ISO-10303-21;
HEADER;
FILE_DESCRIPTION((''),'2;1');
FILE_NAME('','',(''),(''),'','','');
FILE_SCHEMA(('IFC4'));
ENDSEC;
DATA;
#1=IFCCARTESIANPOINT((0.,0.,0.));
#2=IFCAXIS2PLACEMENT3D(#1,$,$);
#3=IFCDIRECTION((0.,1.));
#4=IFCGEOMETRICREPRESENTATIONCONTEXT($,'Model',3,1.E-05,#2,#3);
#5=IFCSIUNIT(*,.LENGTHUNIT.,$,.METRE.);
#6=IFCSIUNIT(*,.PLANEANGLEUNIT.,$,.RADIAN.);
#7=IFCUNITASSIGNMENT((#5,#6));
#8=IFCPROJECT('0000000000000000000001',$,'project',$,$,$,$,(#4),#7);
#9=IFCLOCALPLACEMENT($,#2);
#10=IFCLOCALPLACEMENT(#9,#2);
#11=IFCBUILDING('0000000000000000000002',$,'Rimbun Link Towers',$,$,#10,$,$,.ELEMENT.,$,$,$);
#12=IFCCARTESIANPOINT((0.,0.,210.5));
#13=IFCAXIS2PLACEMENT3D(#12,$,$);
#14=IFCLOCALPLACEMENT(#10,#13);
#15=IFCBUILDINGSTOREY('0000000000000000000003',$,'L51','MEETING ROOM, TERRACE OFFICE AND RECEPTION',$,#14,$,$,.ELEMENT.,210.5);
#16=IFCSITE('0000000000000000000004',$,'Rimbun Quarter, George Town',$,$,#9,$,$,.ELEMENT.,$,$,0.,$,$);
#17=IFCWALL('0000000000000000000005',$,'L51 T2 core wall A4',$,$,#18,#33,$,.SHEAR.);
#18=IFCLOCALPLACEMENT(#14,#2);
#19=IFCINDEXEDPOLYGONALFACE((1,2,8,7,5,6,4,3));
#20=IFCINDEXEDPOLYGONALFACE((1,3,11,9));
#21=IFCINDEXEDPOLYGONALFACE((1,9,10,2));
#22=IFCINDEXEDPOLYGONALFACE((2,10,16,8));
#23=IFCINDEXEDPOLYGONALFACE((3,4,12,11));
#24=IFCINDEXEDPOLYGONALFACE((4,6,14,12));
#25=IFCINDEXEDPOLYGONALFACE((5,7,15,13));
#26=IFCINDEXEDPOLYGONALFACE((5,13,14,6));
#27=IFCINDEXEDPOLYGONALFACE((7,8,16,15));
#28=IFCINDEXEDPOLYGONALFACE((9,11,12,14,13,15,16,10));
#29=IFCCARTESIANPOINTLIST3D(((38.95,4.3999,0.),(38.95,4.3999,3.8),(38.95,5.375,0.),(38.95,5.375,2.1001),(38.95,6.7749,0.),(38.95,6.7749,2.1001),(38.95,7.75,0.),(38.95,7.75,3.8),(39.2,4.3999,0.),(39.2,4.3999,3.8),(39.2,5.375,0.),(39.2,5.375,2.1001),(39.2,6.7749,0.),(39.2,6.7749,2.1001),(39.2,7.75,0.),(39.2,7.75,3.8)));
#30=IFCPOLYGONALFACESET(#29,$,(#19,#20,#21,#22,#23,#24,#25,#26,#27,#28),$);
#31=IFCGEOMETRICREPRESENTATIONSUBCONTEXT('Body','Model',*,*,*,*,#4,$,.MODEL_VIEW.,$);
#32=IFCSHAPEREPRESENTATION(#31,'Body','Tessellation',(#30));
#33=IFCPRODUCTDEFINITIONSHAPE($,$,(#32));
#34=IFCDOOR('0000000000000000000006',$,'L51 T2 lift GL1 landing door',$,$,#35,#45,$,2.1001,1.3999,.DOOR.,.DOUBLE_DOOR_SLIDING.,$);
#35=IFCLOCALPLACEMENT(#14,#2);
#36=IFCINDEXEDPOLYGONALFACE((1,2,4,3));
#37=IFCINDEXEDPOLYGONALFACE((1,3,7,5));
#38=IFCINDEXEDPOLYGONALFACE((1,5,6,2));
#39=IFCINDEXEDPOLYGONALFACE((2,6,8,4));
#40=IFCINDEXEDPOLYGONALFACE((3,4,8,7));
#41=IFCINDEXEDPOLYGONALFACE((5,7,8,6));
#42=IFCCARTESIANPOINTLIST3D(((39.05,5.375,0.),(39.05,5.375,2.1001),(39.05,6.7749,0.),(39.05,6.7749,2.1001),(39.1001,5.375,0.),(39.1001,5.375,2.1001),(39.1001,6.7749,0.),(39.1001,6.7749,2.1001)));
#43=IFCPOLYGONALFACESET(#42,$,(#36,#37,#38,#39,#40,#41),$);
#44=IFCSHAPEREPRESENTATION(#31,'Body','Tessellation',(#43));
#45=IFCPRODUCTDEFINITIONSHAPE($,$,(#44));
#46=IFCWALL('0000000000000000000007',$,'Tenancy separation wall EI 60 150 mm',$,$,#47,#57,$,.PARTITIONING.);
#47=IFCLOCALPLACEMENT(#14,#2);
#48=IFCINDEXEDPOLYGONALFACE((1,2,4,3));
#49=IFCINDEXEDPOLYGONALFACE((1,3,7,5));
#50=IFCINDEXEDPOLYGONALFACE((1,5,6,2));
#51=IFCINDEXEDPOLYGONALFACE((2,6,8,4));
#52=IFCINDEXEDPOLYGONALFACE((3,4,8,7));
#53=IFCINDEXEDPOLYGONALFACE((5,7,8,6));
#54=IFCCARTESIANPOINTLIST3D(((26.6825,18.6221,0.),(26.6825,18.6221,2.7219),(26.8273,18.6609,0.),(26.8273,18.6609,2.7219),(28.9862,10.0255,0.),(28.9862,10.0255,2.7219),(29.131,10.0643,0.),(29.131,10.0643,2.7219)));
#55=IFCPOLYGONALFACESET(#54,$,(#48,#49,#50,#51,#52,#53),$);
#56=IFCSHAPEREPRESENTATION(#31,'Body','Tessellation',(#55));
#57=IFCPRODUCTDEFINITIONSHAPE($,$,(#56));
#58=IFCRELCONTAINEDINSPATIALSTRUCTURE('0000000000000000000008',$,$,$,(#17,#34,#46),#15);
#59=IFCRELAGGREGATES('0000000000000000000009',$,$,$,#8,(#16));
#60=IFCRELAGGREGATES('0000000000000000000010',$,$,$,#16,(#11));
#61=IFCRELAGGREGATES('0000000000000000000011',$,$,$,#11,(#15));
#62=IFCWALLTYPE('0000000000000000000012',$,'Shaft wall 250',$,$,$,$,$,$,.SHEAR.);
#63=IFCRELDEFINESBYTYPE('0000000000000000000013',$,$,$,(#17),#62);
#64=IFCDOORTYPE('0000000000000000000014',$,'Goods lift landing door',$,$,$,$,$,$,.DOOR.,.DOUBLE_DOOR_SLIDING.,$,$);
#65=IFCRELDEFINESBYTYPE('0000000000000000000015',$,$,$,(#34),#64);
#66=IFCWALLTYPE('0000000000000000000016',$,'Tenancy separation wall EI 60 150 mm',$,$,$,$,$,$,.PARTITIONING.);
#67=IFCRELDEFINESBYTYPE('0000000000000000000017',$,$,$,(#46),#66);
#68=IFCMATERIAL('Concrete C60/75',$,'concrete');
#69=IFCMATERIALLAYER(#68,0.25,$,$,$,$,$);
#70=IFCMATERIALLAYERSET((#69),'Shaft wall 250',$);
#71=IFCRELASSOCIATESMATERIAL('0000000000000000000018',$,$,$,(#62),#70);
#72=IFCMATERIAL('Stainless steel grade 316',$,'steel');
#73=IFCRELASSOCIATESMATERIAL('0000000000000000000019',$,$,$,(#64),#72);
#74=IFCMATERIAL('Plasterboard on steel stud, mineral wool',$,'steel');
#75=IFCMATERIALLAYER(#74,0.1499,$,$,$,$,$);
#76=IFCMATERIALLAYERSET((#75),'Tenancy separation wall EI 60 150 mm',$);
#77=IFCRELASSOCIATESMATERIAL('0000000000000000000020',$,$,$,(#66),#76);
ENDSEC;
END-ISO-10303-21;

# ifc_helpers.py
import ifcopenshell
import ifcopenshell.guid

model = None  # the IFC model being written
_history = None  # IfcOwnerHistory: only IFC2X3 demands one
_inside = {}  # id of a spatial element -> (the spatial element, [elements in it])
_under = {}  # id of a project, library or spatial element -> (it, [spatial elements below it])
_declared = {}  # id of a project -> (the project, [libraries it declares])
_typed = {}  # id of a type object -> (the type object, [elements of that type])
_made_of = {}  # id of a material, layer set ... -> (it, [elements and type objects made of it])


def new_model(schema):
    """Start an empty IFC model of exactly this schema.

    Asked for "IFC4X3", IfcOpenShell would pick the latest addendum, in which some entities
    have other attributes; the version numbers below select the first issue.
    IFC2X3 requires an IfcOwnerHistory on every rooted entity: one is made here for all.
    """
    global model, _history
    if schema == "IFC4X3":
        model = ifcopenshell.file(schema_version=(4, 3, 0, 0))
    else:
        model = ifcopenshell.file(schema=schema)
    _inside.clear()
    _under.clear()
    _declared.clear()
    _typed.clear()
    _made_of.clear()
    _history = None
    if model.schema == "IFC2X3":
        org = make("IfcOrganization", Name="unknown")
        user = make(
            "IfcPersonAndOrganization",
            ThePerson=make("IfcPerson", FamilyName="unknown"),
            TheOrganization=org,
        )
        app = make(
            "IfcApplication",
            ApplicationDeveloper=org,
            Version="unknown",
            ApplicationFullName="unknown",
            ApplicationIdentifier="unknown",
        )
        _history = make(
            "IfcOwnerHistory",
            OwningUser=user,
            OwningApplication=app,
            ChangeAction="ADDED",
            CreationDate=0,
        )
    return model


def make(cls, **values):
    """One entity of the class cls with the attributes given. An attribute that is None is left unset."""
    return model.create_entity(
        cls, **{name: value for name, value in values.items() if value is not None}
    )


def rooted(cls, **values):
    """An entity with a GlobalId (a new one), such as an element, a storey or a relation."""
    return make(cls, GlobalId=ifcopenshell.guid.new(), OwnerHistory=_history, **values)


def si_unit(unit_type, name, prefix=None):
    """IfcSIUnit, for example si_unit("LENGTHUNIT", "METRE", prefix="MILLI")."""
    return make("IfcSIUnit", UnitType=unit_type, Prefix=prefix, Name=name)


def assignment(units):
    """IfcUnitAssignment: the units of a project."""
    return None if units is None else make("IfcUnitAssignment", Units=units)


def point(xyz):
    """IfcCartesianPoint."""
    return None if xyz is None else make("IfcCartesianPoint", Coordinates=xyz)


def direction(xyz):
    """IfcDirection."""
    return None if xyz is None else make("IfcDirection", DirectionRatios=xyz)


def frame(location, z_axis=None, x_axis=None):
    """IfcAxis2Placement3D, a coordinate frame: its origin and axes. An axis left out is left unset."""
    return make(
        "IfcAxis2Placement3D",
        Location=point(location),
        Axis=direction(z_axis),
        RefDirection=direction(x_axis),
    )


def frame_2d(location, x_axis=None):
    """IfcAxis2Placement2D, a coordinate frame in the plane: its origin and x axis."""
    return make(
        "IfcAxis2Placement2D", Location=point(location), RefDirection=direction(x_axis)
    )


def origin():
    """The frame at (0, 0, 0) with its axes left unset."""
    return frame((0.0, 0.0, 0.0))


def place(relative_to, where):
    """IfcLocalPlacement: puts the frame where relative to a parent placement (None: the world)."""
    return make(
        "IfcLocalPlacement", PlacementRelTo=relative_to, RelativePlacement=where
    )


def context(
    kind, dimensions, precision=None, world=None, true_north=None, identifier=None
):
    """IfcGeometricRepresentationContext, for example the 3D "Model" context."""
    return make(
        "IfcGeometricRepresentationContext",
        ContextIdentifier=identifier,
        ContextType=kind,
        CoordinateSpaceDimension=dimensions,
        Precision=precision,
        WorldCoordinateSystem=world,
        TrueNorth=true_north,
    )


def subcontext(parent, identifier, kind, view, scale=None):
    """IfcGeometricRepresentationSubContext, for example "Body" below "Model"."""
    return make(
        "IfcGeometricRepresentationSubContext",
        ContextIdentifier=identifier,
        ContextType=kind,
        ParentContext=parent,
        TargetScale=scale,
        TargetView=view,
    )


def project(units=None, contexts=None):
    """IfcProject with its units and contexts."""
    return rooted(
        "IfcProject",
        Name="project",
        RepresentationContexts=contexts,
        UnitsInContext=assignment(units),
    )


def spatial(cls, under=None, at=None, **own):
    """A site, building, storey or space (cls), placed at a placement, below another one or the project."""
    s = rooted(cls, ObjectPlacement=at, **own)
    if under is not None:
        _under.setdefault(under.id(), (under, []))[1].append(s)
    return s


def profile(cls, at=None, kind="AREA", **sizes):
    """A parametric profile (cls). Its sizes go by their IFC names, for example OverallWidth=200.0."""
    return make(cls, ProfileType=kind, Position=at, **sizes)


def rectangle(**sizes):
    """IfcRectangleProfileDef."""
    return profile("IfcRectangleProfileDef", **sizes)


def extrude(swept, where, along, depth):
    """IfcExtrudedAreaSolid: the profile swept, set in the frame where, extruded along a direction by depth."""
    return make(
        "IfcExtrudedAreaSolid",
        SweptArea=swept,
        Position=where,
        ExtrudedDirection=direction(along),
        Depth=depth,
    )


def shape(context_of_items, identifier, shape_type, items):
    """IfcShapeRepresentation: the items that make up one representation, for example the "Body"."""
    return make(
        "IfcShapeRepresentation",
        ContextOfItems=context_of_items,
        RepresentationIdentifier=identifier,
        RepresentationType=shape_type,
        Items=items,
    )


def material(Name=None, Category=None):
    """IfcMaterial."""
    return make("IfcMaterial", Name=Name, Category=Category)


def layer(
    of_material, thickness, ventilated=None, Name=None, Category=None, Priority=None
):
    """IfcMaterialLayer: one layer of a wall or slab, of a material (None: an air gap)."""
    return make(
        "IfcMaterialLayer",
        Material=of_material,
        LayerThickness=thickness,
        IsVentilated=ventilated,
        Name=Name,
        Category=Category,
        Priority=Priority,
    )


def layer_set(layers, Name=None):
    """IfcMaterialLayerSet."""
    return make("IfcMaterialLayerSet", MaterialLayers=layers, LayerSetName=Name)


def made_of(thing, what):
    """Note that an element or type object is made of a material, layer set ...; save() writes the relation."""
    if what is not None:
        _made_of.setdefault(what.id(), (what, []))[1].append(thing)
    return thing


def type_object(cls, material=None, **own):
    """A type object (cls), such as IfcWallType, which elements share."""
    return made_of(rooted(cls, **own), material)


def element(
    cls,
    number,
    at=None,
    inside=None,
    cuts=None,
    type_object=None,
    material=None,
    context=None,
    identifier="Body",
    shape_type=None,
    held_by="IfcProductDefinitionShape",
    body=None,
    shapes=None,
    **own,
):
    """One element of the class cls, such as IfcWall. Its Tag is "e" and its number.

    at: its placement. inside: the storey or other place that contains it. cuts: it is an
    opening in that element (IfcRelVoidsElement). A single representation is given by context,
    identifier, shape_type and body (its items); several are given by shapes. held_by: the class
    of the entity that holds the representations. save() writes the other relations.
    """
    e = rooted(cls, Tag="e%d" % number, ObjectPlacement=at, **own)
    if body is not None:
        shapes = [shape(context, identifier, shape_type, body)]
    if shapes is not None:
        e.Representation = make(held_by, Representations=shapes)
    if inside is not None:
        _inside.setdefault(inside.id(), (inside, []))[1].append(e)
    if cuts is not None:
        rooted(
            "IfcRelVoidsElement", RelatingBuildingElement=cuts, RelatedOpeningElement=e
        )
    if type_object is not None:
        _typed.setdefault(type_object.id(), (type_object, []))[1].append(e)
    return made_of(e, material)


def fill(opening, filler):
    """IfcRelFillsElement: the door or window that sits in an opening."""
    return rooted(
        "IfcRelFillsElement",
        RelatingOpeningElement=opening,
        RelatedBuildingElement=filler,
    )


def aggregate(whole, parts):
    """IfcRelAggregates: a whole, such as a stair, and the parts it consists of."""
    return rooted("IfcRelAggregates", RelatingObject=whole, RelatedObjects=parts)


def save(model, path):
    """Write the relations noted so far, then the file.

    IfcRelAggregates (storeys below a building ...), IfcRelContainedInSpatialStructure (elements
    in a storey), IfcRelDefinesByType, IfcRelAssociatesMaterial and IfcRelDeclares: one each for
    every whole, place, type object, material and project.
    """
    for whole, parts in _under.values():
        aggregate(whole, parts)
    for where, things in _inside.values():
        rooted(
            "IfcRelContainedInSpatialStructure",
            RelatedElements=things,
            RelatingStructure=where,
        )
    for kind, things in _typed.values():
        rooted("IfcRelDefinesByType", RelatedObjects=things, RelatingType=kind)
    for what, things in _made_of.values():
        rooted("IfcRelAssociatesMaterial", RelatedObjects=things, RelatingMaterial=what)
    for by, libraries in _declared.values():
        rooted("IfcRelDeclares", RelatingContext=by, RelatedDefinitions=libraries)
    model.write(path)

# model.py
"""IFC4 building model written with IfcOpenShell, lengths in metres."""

from ifc_helpers import new_model, si_unit, direction, frame, frame_2d, origin, place, context, subcontext, project, spatial, rectangle, extrude, material, layer, layer_set, type_object, element, fill, save


model = new_model("IFC4")

# Units and contexts
model_context = context("Model", 3, precision=1e-05, world=origin(), true_north=direction((0.0, 1.0)))
body_context = subcontext(model_context, "Body", "Model", "MODEL_VIEW")
ifc_project = project(units=[si_unit("LENGTHUNIT", "METRE"), si_unit("PLANEANGLEUNIT", "RADIAN")], contexts=[model_context])

# Site, building, storey
site_placement = place(None, origin())
site = spatial("IfcSite", under=ifc_project, at=site_placement, Name="Rimbun Quarter, George Town", CompositionType="ELEMENT", RefElevation=0.0)
building_placement = place(site_placement, origin())
building = spatial("IfcBuilding", under=site, at=building_placement, Name="Rimbun Link Towers", CompositionType="ELEMENT")
storey_placement = place(building_placement, frame((0.0, 0.0, 210.5)))
storey = spatial("IfcBuildingStorey", under=building, at=storey_placement, Name="L51", Description="MEETING ROOM, TERRACE OFFICE AND RECEPTION", CompositionType="ELEMENT", Elevation=210.5)

# Shared definitions
ifc_material_1 = material(Name="Concrete C60/75", Category="concrete")
ifc_layer_1 = layer(ifc_material_1, 0.25)
ifc_layer_set_1 = layer_set([ifc_layer_1], Name="Shaft wall 250")
wall_type_1 = type_object("IfcWallType", Name="Shaft wall 250", PredefinedType="SHEAR", material=ifc_layer_set_1)

# Wall, opening, door
wall_1_placement = place(storey_placement, frame((39.075, 4.3999, 0.0), z_axis=(0.0, 0.0, 1.0), x_axis=(0.0, 1.0, 0.0)))
wall_1 = element("IfcWall", 1, at=wall_1_placement, inside=storey, type_object=wall_type_1, Name="L51 T2 core wall A4", PredefinedType="SHEAR", context=body_context, shape_type="SweptSolid", body=[
    extrude(rectangle(XDim=3.3501, YDim=0.25, at=frame_2d((1.675, 0.0))), origin(), (0.0, 0.0, 1.0), 3.8),
])
opening_1_placement = place(wall_1_placement, frame((0.9751, 0.0, 0.0)))
opening_1 = element("IfcOpeningElement", 2, at=opening_1_placement, cuts=wall_1, PredefinedType="OPENING", context=body_context, shape_type="SweptSolid", body=[
    extrude(rectangle(XDim=1.3999, YDim=2.1001, at=frame_2d((0.7, 1.05))), frame((0.0, 0.135, 0.0), z_axis=(0.0, -1.0, 0.0), x_axis=(1.0, 0.0, 0.0)), (0.0, 0.0, 1.0), 0.27),
])
ifc_material_2 = material(Name="Stainless steel grade 316", Category="steel")
door_type_1 = type_object("IfcDoorType", Name="Goods lift landing door", OperationType="DOUBLE_DOOR_SLIDING", PredefinedType="DOOR", material=ifc_material_2)
door_1_placement = place(opening_1_placement, origin())
door_1 = element("IfcDoor", 3, at=door_1_placement, inside=storey, type_object=door_type_1, Name="L51 T2 lift GL1 landing door", OperationType="DOUBLE_DOOR_SLIDING", OverallHeight=2.1001, OverallWidth=1.3999, PredefinedType="DOOR", context=body_context, shape_type="SweptSolid", body=[
    extrude(rectangle(XDim=1.3999, YDim=2.1001, at=frame_2d((0.7, 1.05))), frame((0.0, 0.0249, 0.0), z_axis=(0.0, -1.0, 0.0), x_axis=(1.0, 0.0, 0.0)), (0.0, 0.0, 1.0), 0.05),
])
fill(opening_1, door_1)

# Wall
ifc_material_3 = material(Name="Plasterboard on steel stud, mineral wool", Category="steel")
ifc_layer_2 = layer(ifc_material_3, 0.1499)
ifc_layer_set_2 = layer_set([ifc_layer_2], Name="Tenancy separation wall EI 60 150 mm")
wall_type_2 = type_object("IfcWallType", Name="Tenancy separation wall EI 60 150 mm", PredefinedType="PARTITIONING", material=ifc_layer_set_2)
wall_2_placement = place(storey_placement, frame((29.0586, 10.0449, 0.0), z_axis=(0.0, 0.0, 1.0), x_axis=(-0.258844, 0.965919, 0.0)))
element("IfcWall", 4, at=wall_2_placement, inside=storey, type_object=wall_type_2, Name="Tenancy separation wall EI 60 150 mm", PredefinedType="PARTITIONING", context=body_context, shape_type="SweptSolid", body=[
    extrude(rectangle(XDim=8.8999, YDim=0.1499, at=frame_2d((4.45, 0.0))), origin(), (0.0, 0.0, 1.0), 2.7219),
])

save(model, "model.ifc")
